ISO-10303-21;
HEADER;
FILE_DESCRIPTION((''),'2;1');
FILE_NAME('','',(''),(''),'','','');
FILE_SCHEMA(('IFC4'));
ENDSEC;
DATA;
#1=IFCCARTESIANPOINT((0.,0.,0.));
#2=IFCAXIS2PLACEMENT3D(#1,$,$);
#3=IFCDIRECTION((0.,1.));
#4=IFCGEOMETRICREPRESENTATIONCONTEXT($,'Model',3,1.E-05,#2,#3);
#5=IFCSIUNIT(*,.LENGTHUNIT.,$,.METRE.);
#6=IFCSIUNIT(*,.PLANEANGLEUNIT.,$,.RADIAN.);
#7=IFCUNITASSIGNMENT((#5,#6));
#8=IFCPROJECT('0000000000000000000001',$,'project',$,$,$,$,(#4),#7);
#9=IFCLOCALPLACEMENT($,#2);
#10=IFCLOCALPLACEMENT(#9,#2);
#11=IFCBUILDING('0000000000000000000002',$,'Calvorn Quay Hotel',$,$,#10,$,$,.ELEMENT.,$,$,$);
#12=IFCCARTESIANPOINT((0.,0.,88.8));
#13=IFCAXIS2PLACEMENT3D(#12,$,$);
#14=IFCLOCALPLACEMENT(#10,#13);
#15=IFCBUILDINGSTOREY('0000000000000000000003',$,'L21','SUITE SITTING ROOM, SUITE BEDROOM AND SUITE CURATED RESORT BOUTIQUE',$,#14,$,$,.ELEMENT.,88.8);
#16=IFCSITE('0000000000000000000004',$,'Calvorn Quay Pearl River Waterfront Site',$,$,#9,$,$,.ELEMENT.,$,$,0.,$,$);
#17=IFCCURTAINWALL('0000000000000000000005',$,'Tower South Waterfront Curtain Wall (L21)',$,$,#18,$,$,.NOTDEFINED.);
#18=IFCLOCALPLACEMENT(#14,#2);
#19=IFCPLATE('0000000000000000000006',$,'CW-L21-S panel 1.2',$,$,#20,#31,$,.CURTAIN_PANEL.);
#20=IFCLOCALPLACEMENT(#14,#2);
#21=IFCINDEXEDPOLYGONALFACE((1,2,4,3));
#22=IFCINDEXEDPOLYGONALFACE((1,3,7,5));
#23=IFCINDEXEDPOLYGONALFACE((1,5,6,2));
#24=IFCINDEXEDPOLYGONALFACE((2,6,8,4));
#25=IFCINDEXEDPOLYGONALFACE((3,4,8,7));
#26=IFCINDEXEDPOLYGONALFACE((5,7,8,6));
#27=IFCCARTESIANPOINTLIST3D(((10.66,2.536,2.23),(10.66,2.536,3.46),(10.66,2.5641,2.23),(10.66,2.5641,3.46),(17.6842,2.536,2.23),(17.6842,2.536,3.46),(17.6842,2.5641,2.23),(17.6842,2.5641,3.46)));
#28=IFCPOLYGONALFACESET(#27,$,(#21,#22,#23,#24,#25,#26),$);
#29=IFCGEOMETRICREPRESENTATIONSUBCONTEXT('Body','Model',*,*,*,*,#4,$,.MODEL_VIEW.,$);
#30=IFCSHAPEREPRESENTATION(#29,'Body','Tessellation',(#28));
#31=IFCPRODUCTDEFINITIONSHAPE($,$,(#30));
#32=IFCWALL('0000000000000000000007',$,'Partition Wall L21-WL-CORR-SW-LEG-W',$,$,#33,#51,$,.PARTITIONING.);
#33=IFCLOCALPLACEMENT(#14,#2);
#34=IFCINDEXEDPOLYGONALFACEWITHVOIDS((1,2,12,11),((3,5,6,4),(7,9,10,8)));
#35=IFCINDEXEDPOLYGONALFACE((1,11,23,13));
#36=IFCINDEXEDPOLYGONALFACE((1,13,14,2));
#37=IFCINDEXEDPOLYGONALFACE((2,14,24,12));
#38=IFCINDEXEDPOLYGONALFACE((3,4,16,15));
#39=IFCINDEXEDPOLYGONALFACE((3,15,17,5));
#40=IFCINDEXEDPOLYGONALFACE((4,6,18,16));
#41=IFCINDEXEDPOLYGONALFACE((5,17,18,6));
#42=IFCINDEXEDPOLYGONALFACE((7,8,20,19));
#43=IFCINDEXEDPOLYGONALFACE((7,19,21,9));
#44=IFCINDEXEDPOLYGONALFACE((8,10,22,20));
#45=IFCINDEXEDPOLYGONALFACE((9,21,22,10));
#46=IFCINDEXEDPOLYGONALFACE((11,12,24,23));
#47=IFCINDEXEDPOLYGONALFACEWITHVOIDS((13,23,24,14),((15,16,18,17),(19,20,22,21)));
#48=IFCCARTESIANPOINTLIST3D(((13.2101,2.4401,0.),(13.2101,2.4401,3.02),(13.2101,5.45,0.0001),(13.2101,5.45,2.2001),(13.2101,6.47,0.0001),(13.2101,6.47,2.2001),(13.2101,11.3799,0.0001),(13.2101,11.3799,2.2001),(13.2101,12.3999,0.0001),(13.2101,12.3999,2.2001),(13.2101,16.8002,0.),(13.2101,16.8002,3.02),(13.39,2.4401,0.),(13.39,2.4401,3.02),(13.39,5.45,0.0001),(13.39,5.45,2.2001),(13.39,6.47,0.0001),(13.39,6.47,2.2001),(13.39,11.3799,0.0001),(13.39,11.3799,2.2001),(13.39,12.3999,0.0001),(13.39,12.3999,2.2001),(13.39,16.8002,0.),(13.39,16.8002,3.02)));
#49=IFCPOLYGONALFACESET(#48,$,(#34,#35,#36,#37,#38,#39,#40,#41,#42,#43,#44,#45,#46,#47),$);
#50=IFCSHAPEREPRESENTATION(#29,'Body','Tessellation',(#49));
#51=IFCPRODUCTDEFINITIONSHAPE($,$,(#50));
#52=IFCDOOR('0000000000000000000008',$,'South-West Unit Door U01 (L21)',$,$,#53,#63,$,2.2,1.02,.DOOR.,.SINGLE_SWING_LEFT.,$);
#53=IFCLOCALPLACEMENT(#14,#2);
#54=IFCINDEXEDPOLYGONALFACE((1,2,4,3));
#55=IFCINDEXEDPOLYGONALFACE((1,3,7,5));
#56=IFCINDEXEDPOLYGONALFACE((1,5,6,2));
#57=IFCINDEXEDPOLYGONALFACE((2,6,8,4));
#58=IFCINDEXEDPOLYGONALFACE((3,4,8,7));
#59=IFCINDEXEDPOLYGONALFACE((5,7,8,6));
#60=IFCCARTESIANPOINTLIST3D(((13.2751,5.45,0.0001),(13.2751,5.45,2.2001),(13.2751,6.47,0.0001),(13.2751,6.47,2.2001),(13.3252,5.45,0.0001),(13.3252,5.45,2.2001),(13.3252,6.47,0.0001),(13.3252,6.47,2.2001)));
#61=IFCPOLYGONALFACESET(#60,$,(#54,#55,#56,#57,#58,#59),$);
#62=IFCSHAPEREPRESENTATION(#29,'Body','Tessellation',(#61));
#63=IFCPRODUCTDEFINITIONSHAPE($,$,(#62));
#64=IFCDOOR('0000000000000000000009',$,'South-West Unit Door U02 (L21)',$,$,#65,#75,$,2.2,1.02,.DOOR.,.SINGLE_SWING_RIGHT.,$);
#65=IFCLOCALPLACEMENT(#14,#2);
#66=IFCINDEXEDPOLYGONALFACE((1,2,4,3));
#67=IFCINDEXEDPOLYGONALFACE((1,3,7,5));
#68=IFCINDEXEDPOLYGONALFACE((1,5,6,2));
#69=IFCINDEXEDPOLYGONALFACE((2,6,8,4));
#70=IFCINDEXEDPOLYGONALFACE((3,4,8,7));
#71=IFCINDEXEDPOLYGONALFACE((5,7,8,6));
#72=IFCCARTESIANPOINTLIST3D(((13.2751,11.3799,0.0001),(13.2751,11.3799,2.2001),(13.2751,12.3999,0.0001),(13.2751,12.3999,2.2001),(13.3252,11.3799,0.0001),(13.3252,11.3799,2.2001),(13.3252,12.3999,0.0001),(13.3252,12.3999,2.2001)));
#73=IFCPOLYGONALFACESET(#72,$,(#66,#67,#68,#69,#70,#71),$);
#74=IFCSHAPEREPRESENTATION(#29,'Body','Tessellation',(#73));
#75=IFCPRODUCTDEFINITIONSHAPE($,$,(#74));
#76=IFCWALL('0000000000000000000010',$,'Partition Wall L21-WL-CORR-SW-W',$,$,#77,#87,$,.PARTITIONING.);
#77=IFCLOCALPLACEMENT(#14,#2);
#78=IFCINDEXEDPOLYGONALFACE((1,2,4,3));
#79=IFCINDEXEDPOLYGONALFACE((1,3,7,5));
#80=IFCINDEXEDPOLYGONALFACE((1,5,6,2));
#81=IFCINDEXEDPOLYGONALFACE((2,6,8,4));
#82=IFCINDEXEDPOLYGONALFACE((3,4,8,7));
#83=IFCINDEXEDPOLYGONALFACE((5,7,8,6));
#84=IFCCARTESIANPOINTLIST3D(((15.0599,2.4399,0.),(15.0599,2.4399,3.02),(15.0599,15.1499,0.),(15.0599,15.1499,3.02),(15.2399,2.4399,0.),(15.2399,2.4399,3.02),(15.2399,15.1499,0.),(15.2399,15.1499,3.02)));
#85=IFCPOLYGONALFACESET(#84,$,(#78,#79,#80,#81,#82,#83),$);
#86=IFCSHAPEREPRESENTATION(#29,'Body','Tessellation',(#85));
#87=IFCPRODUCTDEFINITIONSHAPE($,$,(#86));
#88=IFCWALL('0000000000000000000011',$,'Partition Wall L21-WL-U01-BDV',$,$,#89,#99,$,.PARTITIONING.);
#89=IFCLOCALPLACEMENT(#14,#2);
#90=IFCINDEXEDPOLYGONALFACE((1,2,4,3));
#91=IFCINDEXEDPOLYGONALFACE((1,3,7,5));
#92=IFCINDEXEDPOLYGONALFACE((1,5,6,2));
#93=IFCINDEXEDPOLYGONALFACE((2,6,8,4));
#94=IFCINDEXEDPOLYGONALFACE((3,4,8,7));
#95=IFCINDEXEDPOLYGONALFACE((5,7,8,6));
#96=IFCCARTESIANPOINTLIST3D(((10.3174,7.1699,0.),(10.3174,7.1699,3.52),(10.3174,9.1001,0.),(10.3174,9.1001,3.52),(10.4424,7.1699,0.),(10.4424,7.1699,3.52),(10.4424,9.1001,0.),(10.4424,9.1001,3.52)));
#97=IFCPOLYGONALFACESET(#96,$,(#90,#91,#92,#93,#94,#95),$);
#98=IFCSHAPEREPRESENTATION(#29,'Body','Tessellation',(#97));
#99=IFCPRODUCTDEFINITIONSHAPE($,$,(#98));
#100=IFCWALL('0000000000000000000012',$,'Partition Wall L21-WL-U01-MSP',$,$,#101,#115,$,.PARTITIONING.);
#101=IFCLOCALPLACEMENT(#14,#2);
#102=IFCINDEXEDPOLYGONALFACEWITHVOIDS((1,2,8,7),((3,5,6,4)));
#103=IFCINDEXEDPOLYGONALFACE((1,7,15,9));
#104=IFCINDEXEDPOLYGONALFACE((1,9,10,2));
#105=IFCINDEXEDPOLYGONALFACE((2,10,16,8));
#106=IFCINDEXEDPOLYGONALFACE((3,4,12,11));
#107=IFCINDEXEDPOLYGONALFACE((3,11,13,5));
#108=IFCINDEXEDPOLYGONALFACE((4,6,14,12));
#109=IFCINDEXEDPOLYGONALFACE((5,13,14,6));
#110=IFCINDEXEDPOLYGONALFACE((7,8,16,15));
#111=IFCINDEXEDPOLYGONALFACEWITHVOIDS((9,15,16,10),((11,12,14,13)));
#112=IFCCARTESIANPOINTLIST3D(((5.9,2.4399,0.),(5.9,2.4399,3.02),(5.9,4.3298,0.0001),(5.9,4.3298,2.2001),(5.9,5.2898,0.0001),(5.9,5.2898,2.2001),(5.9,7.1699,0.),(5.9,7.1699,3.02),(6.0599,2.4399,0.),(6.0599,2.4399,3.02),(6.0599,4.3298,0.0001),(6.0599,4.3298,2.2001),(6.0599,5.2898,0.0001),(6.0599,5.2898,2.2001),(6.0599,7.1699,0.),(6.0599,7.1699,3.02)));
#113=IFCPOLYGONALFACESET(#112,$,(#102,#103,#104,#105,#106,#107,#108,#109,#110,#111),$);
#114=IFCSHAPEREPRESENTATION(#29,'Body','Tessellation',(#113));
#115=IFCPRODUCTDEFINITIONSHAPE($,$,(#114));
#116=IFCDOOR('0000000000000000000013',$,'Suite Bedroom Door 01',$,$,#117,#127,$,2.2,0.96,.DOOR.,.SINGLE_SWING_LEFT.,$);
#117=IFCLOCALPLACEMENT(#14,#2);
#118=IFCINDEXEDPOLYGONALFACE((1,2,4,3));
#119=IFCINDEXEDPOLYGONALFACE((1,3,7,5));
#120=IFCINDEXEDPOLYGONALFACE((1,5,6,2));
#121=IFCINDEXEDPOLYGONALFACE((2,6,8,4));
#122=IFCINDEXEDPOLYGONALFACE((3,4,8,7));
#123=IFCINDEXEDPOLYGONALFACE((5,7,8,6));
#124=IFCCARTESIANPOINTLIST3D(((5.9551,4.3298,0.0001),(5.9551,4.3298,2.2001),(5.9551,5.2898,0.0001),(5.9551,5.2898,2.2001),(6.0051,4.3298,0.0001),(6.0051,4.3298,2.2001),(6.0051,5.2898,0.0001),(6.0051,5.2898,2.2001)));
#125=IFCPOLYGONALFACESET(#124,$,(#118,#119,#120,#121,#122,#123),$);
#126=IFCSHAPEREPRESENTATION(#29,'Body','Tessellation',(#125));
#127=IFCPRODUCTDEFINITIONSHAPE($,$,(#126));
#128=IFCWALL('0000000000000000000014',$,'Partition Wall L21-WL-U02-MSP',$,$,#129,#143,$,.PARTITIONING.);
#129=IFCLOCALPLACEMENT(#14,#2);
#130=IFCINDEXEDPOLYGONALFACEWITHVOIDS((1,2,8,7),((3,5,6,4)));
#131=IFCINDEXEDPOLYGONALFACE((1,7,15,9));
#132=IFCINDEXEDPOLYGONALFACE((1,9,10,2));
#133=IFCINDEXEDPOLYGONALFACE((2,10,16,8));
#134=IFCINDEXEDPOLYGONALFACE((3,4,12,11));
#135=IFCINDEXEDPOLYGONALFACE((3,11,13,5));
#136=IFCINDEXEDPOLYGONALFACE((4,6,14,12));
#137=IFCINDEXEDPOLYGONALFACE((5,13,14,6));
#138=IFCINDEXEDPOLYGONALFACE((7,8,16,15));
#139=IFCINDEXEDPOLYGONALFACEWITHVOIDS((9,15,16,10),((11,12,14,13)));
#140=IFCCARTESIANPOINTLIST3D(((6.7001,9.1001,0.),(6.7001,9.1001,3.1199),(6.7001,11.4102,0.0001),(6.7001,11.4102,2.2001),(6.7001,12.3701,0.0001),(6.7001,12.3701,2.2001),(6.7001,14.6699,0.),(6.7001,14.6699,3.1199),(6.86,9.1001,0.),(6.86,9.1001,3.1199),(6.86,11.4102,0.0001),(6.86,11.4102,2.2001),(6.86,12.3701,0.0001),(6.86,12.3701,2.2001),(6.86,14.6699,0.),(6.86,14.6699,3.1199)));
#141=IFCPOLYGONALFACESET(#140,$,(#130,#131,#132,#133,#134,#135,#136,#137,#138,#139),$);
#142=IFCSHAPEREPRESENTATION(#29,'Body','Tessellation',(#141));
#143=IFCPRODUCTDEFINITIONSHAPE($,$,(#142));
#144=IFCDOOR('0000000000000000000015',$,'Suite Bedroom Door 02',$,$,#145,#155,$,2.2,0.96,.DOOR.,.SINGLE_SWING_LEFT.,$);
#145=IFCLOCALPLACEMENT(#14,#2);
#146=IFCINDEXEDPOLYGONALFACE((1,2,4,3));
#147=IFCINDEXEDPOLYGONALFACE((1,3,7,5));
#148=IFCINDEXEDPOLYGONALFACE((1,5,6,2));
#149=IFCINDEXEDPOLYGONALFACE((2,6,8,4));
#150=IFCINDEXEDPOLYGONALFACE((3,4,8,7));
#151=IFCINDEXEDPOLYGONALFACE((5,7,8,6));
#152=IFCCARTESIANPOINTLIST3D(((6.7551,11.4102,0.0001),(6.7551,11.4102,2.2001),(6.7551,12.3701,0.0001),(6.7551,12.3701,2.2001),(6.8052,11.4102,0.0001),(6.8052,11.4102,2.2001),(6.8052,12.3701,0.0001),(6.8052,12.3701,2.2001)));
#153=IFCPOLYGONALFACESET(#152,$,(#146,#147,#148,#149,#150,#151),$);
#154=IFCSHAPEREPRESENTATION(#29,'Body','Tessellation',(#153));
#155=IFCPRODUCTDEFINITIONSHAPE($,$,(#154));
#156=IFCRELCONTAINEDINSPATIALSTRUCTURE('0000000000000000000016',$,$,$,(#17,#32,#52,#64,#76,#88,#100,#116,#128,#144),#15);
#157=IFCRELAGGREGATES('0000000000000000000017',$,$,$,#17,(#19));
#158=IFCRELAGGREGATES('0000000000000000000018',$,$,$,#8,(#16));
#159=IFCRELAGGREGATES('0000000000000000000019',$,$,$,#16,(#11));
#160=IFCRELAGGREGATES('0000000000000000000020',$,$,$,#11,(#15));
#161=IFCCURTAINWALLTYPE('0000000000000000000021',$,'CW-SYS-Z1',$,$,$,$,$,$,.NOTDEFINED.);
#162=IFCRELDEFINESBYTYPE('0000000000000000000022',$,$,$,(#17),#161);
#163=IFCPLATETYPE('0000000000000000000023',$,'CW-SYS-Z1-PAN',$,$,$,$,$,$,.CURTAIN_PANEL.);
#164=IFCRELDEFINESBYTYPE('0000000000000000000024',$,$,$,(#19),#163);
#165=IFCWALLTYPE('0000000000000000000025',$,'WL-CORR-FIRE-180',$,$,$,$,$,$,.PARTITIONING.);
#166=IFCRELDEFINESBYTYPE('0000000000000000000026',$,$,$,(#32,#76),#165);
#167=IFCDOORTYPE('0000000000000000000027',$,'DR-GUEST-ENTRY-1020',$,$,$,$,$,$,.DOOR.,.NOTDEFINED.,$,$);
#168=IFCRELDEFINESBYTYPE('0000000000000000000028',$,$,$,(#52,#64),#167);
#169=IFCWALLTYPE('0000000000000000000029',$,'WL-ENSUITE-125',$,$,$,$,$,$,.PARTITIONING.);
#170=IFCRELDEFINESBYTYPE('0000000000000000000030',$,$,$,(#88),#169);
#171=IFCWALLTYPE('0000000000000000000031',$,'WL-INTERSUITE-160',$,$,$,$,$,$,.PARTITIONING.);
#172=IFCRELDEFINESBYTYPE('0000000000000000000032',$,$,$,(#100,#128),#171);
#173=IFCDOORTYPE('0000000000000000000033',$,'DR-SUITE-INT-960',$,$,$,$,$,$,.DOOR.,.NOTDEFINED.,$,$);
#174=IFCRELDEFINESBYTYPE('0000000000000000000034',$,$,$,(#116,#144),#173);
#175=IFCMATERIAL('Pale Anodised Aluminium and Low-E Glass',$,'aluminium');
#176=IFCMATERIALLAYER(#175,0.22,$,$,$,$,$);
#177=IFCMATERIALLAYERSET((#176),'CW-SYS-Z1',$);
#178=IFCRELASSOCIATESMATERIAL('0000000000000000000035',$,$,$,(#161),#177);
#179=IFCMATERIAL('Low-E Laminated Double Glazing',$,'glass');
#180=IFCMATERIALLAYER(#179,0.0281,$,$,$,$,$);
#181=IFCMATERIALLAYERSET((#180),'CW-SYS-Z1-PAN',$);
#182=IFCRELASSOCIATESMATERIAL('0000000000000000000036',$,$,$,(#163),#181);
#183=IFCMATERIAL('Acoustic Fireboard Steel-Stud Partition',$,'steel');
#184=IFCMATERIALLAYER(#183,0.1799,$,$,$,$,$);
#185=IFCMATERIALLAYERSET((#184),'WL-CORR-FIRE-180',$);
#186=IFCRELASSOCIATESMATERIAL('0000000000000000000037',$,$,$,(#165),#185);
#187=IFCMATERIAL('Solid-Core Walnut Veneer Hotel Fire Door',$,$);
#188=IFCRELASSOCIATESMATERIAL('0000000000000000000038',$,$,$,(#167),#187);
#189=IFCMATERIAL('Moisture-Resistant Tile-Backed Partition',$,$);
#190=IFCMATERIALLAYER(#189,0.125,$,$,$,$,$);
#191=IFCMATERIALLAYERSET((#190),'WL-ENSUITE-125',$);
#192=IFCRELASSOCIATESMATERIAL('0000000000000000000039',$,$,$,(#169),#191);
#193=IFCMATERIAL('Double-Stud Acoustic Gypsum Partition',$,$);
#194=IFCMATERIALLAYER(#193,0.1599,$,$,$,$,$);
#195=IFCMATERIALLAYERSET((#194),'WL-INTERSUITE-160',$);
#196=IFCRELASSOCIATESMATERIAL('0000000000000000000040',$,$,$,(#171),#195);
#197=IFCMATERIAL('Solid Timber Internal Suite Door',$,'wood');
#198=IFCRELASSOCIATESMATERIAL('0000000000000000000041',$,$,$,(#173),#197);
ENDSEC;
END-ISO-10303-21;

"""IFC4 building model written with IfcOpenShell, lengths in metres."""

from ifc_helpers import new_model, si_unit, direction, frame, frame_2d, origin, origin_2d, place, context, subcontext, project, spatial, rectangle, extrude, material, layer, layer_set, type_object, element, fill, aggregate, save


model = new_model("IFC4")

# Units and contexts
model_context = context("Model", 3, precision=1e-05, world=origin(), true_north=direction((0.0, 1.0)))
body_context = subcontext(model_context, "Body", "Model", "MODEL_VIEW")
ifc_project = project(units=[si_unit("LENGTHUNIT", "METRE"), si_unit("PLANEANGLEUNIT", "RADIAN")], contexts=[model_context])

# Site, building, storey
site_placement = place(None, origin())
site = spatial("IfcSite", under=ifc_project, at=site_placement, Name="Calvorn Quay Pearl River Waterfront Site", CompositionType="ELEMENT", RefElevation=0.0)
building_placement = place(site_placement, origin())
building = spatial("IfcBuilding", under=site, at=building_placement, Name="Calvorn Quay Hotel", CompositionType="ELEMENT")
storey_placement = place(building_placement, frame((0.0, 0.0, 88.8)))
storey = spatial("IfcBuildingStorey", under=building, at=storey_placement, Name="L21", Description="SUITE SITTING ROOM, SUITE BEDROOM AND SUITE CURATED RESORT BOUTIQUE", CompositionType="ELEMENT", Elevation=88.8)

# Curtain wall, plate
ifc_material_1 = material(Name="Pale Anodised Aluminium and Low-E Glass", Category="aluminium")
ifc_layer_1 = layer(ifc_material_1, 0.22)
ifc_layer_set_1 = layer_set([ifc_layer_1], Name="CW-SYS-Z1")
curtain_wall_type = type_object("IfcCurtainWallType", Name="CW-SYS-Z1", PredefinedType="NOTDEFINED", material=ifc_layer_set_1)
curtain_wall_placement = place(storey_placement, origin())
curtain_wall = element("IfcCurtainWall", 1, at=curtain_wall_placement, inside=storey, type_object=curtain_wall_type, Name="Tower South Waterfront Curtain Wall (L21)", PredefinedType="NOTDEFINED")
ifc_material_2 = material(Name="Low-E Laminated Double Glazing", Category="glass")
ifc_layer_2 = layer(ifc_material_2, 0.0281)
ifc_layer_set_2 = layer_set([ifc_layer_2], Name="CW-SYS-Z1-PAN")
plate_type = type_object("IfcPlateType", Name="CW-SYS-Z1-PAN", PredefinedType="CURTAIN_PANEL", material=ifc_layer_set_2)
plate_1_placement = place(storey_placement, frame((14.1721, 2.55, 2.23), z_axis=(0.0, 0.0, 1.0), x_axis=(1.0, 0.0, 0.0)))
plate_1 = element("IfcPlate", 2, at=plate_1_placement, type_object=plate_type, Name="CW-L21-S panel 1.2", PredefinedType="CURTAIN_PANEL", context=body_context, shape_type="SweptSolid", body=[
    extrude(rectangle(XDim=7.0242, YDim=0.0281, at=origin_2d()), origin(), (0.0, 0.0, 1.0), 1.23),
])
aggregate(curtain_wall, [plate_1])

# Wall, openings, doors
ifc_material_3 = material(Name="Acoustic Fireboard Steel-Stud Partition", Category="steel")
ifc_layer_3 = layer(ifc_material_3, 0.1799)
ifc_layer_set_3 = layer_set([ifc_layer_3], Name="WL-CORR-FIRE-180")
wall_type_1 = type_object("IfcWallType", Name="WL-CORR-FIRE-180", PredefinedType="PARTITIONING", material=ifc_layer_set_3)
wall_1_placement = place(storey_placement, frame((13.3, 2.4399, 0.0), z_axis=(0.0, 0.0, 1.0), x_axis=(0.0, 1.0, 0.0)))
wall_1 = element("IfcWall", 3, at=wall_1_placement, inside=storey, type_object=wall_type_1, Name="Partition Wall L21-WL-CORR-SW-LEG-W", PredefinedType="PARTITIONING", context=body_context, shape_type="SweptSolid", body=[
    extrude(rectangle(XDim=14.3601, YDim=0.1799, at=frame_2d((7.1802, 0.0))), origin(), (0.0, 0.0, 1.0), 3.02),
])
opening_1_placement = place(wall_1_placement, frame((3.01, 0.0, 0.0)))
opening_1 = element("IfcOpeningElement", 4, at=opening_1_placement, cuts=wall_1, PredefinedType="OPENING", context=body_context, shape_type="SweptSolid", body=[
    extrude(rectangle(XDim=1.02, YDim=2.2, at=frame_2d((0.51, 1.1001))), frame((0.0, 0.0999, 0.0), z_axis=(0.0, -1.0, 0.0), x_axis=(1.0, 0.0, 0.0)), (0.0, 0.0, 1.0), 0.2),
])
opening_2_placement = place(wall_1_placement, frame((8.9399, 0.0, 0.0)))
opening_2 = element("IfcOpeningElement", 5, at=opening_2_placement, cuts=wall_1, PredefinedType="OPENING", context=body_context, shape_type="SweptSolid", body=[
    extrude(rectangle(XDim=1.02, YDim=2.2, at=frame_2d((0.51, 1.1001))), frame((0.0, 0.0999, 0.0), z_axis=(0.0, -1.0, 0.0), x_axis=(1.0, 0.0, 0.0)), (0.0, 0.0, 1.0), 0.2),
])
ifc_material_4 = material(Name="Solid-Core Walnut Veneer Hotel Fire Door")
door_type_1 = type_object("IfcDoorType", Name="DR-GUEST-ENTRY-1020", OperationType="NOTDEFINED", PredefinedType="DOOR", material=ifc_material_4)
door_1_placement = place(opening_1_placement, origin())
door_1 = element("IfcDoor", 6, at=door_1_placement, inside=storey, type_object=door_type_1, Name="South-West Unit Door U01 (L21)", OperationType="SINGLE_SWING_LEFT", OverallHeight=2.2, OverallWidth=1.02, PredefinedType="DOOR", context=body_context, shape_type="SweptSolid", body=[
    extrude(rectangle(XDim=1.02, YDim=2.2, at=frame_2d((0.51, 1.1001))), frame((0.0, 0.0249, 0.0), z_axis=(0.0, -1.0, 0.0), x_axis=(1.0, 0.0, 0.0)), (0.0, 0.0, 1.0), 0.05),
])
fill(opening_1, door_1)
door_2_placement = place(opening_2_placement, origin())
door_2 = element("IfcDoor", 7, at=door_2_placement, inside=storey, type_object=door_type_1, Name="South-West Unit Door U02 (L21)", OperationType="SINGLE_SWING_RIGHT", OverallHeight=2.2, OverallWidth=1.02, PredefinedType="DOOR", context=body_context, shape_type="SweptSolid", body=[
    extrude(rectangle(XDim=1.02, YDim=2.2, at=frame_2d((0.51, 1.1001))), frame((0.0, 0.0249, 0.0), z_axis=(0.0, -1.0, 0.0), x_axis=(1.0, 0.0, 0.0)), (0.0, 0.0, 1.0), 0.05),
])
fill(opening_2, door_2)

# Walls
wall_2_placement = place(storey_placement, frame((15.1499, 2.4399, 0.0), z_axis=(0.0, 0.0, 1.0), x_axis=(0.0, 1.0, 0.0)))
element("IfcWall", 8, at=wall_2_placement, inside=storey, type_object=wall_type_1, Name="Partition Wall L21-WL-CORR-SW-W", PredefinedType="PARTITIONING", context=body_context, shape_type="SweptSolid", body=[
    extrude(rectangle(XDim=12.71, YDim=0.1799, at=frame_2d((6.355, 0.0))), origin(), (0.0, 0.0, 1.0), 3.02),
])
ifc_material_5 = material(Name="Moisture-Resistant Tile-Backed Partition")
ifc_layer_4 = layer(ifc_material_5, 0.125)
ifc_layer_set_4 = layer_set([ifc_layer_4], Name="WL-ENSUITE-125")
wall_type_2 = type_object("IfcWallType", Name="WL-ENSUITE-125", PredefinedType="PARTITIONING", material=ifc_layer_set_4)
wall_3_placement = place(storey_placement, frame((10.3799, 7.1699, 0.0), z_axis=(0.0, 0.0, 1.0), x_axis=(0.0, 1.0, 0.0)))
element("IfcWall", 9, at=wall_3_placement, inside=storey, type_object=wall_type_2, Name="Partition Wall L21-WL-U01-BDV", PredefinedType="PARTITIONING", context=body_context, shape_type="SweptSolid", body=[
    extrude(rectangle(XDim=1.9302, YDim=0.125, at=frame_2d((0.9651, 0.0))), origin(), (0.0, 0.0, 1.0), 3.52),
])

# Walls, openings, doors
ifc_material_6 = material(Name="Double-Stud Acoustic Gypsum Partition")
ifc_layer_5 = layer(ifc_material_6, 0.1599)
ifc_layer_set_5 = layer_set([ifc_layer_5], Name="WL-INTERSUITE-160")
wall_type_3 = type_object("IfcWallType", Name="WL-INTERSUITE-160", PredefinedType="PARTITIONING", material=ifc_layer_set_5)
wall_4_placement = place(storey_placement, frame((5.98, 2.4399, 0.0), z_axis=(0.0, 0.0, 1.0), x_axis=(0.0, 1.0, 0.0)))
wall_4 = element("IfcWall", 10, at=wall_4_placement, inside=storey, type_object=wall_type_3, Name="Partition Wall L21-WL-U01-MSP", PredefinedType="PARTITIONING", context=body_context, shape_type="SweptSolid", body=[
    extrude(rectangle(XDim=4.73, YDim=0.1599, at=frame_2d((2.365, 0.0))), origin(), (0.0, 0.0, 1.0), 3.02),
])
opening_3_placement = place(wall_4_placement, frame((1.8899, 0.0, 0.0)))
opening_3 = element("IfcOpeningElement", 11, at=opening_3_placement, cuts=wall_4, PredefinedType="OPENING", context=body_context, shape_type="SweptSolid", body=[
    extrude(rectangle(XDim=0.96, YDim=2.2, at=frame_2d((0.48, 1.1001))), frame((0.0, 0.0898, 0.0), z_axis=(0.0, -1.0, 0.0), x_axis=(1.0, 0.0, 0.0)), (0.0, 0.0, 1.0), 0.1799),
])
ifc_material_7 = material(Name="Solid Timber Internal Suite Door", Category="wood")
door_type_2 = type_object("IfcDoorType", Name="DR-SUITE-INT-960", OperationType="NOTDEFINED", PredefinedType="DOOR", material=ifc_material_7)
door_3_placement = place(opening_3_placement, origin())
door_3 = element("IfcDoor", 12, at=door_3_placement, inside=storey, type_object=door_type_2, Name="Suite Bedroom Door 01", OperationType="SINGLE_SWING_LEFT", OverallHeight=2.2, OverallWidth=0.96, PredefinedType="DOOR", context=body_context, shape_type="SweptSolid", body=[
    extrude(rectangle(XDim=0.96, YDim=2.2, at=frame_2d((0.48, 1.1001))), frame((0.0, 0.0249, 0.0), z_axis=(0.0, -1.0, 0.0), x_axis=(1.0, 0.0, 0.0)), (0.0, 0.0, 1.0), 0.05),
])
fill(opening_3, door_3)
wall_5_placement = place(storey_placement, frame((6.78, 9.1001, 0.0), z_axis=(0.0, 0.0, 1.0), x_axis=(0.0, 1.0, 0.0)))
wall_5 = element("IfcWall", 13, at=wall_5_placement, inside=storey, type_object=wall_type_3, Name="Partition Wall L21-WL-U02-MSP", PredefinedType="PARTITIONING", context=body_context, shape_type="SweptSolid", body=[
    extrude(rectangle(XDim=5.5698, YDim=0.1599, at=frame_2d((2.7849, 0.0))), origin(), (0.0, 0.0, 1.0), 3.1199),
])
opening_4_placement = place(wall_5_placement, frame((2.3101, 0.0, 0.0)))
opening_4 = element("IfcOpeningElement", 14, at=opening_4_placement, cuts=wall_5, PredefinedType="OPENING", context=body_context, shape_type="SweptSolid", body=[
    extrude(rectangle(XDim=0.96, YDim=2.2, at=frame_2d((0.48, 1.1001))), frame((0.0, 0.0898, 0.0), z_axis=(0.0, -1.0, 0.0), x_axis=(1.0, 0.0, 0.0)), (0.0, 0.0, 1.0), 0.1799),
])
door_4_placement = place(opening_4_placement, origin())
door_4 = element("IfcDoor", 15, at=door_4_placement, inside=storey, type_object=door_type_2, Name="Suite Bedroom Door 02", OperationType="SINGLE_SWING_LEFT", OverallHeight=2.2, OverallWidth=0.96, PredefinedType="DOOR", context=body_context, shape_type="SweptSolid", body=[
    extrude(rectangle(XDim=0.96, YDim=2.2, at=frame_2d((0.48, 1.1001))), frame((0.0, 0.0249, 0.0), z_axis=(0.0, -1.0, 0.0), x_axis=(1.0, 0.0, 0.0)), (0.0, 0.0, 1.0), 0.05),
])
fill(opening_4, door_4)

save(model, "model.ifc")
